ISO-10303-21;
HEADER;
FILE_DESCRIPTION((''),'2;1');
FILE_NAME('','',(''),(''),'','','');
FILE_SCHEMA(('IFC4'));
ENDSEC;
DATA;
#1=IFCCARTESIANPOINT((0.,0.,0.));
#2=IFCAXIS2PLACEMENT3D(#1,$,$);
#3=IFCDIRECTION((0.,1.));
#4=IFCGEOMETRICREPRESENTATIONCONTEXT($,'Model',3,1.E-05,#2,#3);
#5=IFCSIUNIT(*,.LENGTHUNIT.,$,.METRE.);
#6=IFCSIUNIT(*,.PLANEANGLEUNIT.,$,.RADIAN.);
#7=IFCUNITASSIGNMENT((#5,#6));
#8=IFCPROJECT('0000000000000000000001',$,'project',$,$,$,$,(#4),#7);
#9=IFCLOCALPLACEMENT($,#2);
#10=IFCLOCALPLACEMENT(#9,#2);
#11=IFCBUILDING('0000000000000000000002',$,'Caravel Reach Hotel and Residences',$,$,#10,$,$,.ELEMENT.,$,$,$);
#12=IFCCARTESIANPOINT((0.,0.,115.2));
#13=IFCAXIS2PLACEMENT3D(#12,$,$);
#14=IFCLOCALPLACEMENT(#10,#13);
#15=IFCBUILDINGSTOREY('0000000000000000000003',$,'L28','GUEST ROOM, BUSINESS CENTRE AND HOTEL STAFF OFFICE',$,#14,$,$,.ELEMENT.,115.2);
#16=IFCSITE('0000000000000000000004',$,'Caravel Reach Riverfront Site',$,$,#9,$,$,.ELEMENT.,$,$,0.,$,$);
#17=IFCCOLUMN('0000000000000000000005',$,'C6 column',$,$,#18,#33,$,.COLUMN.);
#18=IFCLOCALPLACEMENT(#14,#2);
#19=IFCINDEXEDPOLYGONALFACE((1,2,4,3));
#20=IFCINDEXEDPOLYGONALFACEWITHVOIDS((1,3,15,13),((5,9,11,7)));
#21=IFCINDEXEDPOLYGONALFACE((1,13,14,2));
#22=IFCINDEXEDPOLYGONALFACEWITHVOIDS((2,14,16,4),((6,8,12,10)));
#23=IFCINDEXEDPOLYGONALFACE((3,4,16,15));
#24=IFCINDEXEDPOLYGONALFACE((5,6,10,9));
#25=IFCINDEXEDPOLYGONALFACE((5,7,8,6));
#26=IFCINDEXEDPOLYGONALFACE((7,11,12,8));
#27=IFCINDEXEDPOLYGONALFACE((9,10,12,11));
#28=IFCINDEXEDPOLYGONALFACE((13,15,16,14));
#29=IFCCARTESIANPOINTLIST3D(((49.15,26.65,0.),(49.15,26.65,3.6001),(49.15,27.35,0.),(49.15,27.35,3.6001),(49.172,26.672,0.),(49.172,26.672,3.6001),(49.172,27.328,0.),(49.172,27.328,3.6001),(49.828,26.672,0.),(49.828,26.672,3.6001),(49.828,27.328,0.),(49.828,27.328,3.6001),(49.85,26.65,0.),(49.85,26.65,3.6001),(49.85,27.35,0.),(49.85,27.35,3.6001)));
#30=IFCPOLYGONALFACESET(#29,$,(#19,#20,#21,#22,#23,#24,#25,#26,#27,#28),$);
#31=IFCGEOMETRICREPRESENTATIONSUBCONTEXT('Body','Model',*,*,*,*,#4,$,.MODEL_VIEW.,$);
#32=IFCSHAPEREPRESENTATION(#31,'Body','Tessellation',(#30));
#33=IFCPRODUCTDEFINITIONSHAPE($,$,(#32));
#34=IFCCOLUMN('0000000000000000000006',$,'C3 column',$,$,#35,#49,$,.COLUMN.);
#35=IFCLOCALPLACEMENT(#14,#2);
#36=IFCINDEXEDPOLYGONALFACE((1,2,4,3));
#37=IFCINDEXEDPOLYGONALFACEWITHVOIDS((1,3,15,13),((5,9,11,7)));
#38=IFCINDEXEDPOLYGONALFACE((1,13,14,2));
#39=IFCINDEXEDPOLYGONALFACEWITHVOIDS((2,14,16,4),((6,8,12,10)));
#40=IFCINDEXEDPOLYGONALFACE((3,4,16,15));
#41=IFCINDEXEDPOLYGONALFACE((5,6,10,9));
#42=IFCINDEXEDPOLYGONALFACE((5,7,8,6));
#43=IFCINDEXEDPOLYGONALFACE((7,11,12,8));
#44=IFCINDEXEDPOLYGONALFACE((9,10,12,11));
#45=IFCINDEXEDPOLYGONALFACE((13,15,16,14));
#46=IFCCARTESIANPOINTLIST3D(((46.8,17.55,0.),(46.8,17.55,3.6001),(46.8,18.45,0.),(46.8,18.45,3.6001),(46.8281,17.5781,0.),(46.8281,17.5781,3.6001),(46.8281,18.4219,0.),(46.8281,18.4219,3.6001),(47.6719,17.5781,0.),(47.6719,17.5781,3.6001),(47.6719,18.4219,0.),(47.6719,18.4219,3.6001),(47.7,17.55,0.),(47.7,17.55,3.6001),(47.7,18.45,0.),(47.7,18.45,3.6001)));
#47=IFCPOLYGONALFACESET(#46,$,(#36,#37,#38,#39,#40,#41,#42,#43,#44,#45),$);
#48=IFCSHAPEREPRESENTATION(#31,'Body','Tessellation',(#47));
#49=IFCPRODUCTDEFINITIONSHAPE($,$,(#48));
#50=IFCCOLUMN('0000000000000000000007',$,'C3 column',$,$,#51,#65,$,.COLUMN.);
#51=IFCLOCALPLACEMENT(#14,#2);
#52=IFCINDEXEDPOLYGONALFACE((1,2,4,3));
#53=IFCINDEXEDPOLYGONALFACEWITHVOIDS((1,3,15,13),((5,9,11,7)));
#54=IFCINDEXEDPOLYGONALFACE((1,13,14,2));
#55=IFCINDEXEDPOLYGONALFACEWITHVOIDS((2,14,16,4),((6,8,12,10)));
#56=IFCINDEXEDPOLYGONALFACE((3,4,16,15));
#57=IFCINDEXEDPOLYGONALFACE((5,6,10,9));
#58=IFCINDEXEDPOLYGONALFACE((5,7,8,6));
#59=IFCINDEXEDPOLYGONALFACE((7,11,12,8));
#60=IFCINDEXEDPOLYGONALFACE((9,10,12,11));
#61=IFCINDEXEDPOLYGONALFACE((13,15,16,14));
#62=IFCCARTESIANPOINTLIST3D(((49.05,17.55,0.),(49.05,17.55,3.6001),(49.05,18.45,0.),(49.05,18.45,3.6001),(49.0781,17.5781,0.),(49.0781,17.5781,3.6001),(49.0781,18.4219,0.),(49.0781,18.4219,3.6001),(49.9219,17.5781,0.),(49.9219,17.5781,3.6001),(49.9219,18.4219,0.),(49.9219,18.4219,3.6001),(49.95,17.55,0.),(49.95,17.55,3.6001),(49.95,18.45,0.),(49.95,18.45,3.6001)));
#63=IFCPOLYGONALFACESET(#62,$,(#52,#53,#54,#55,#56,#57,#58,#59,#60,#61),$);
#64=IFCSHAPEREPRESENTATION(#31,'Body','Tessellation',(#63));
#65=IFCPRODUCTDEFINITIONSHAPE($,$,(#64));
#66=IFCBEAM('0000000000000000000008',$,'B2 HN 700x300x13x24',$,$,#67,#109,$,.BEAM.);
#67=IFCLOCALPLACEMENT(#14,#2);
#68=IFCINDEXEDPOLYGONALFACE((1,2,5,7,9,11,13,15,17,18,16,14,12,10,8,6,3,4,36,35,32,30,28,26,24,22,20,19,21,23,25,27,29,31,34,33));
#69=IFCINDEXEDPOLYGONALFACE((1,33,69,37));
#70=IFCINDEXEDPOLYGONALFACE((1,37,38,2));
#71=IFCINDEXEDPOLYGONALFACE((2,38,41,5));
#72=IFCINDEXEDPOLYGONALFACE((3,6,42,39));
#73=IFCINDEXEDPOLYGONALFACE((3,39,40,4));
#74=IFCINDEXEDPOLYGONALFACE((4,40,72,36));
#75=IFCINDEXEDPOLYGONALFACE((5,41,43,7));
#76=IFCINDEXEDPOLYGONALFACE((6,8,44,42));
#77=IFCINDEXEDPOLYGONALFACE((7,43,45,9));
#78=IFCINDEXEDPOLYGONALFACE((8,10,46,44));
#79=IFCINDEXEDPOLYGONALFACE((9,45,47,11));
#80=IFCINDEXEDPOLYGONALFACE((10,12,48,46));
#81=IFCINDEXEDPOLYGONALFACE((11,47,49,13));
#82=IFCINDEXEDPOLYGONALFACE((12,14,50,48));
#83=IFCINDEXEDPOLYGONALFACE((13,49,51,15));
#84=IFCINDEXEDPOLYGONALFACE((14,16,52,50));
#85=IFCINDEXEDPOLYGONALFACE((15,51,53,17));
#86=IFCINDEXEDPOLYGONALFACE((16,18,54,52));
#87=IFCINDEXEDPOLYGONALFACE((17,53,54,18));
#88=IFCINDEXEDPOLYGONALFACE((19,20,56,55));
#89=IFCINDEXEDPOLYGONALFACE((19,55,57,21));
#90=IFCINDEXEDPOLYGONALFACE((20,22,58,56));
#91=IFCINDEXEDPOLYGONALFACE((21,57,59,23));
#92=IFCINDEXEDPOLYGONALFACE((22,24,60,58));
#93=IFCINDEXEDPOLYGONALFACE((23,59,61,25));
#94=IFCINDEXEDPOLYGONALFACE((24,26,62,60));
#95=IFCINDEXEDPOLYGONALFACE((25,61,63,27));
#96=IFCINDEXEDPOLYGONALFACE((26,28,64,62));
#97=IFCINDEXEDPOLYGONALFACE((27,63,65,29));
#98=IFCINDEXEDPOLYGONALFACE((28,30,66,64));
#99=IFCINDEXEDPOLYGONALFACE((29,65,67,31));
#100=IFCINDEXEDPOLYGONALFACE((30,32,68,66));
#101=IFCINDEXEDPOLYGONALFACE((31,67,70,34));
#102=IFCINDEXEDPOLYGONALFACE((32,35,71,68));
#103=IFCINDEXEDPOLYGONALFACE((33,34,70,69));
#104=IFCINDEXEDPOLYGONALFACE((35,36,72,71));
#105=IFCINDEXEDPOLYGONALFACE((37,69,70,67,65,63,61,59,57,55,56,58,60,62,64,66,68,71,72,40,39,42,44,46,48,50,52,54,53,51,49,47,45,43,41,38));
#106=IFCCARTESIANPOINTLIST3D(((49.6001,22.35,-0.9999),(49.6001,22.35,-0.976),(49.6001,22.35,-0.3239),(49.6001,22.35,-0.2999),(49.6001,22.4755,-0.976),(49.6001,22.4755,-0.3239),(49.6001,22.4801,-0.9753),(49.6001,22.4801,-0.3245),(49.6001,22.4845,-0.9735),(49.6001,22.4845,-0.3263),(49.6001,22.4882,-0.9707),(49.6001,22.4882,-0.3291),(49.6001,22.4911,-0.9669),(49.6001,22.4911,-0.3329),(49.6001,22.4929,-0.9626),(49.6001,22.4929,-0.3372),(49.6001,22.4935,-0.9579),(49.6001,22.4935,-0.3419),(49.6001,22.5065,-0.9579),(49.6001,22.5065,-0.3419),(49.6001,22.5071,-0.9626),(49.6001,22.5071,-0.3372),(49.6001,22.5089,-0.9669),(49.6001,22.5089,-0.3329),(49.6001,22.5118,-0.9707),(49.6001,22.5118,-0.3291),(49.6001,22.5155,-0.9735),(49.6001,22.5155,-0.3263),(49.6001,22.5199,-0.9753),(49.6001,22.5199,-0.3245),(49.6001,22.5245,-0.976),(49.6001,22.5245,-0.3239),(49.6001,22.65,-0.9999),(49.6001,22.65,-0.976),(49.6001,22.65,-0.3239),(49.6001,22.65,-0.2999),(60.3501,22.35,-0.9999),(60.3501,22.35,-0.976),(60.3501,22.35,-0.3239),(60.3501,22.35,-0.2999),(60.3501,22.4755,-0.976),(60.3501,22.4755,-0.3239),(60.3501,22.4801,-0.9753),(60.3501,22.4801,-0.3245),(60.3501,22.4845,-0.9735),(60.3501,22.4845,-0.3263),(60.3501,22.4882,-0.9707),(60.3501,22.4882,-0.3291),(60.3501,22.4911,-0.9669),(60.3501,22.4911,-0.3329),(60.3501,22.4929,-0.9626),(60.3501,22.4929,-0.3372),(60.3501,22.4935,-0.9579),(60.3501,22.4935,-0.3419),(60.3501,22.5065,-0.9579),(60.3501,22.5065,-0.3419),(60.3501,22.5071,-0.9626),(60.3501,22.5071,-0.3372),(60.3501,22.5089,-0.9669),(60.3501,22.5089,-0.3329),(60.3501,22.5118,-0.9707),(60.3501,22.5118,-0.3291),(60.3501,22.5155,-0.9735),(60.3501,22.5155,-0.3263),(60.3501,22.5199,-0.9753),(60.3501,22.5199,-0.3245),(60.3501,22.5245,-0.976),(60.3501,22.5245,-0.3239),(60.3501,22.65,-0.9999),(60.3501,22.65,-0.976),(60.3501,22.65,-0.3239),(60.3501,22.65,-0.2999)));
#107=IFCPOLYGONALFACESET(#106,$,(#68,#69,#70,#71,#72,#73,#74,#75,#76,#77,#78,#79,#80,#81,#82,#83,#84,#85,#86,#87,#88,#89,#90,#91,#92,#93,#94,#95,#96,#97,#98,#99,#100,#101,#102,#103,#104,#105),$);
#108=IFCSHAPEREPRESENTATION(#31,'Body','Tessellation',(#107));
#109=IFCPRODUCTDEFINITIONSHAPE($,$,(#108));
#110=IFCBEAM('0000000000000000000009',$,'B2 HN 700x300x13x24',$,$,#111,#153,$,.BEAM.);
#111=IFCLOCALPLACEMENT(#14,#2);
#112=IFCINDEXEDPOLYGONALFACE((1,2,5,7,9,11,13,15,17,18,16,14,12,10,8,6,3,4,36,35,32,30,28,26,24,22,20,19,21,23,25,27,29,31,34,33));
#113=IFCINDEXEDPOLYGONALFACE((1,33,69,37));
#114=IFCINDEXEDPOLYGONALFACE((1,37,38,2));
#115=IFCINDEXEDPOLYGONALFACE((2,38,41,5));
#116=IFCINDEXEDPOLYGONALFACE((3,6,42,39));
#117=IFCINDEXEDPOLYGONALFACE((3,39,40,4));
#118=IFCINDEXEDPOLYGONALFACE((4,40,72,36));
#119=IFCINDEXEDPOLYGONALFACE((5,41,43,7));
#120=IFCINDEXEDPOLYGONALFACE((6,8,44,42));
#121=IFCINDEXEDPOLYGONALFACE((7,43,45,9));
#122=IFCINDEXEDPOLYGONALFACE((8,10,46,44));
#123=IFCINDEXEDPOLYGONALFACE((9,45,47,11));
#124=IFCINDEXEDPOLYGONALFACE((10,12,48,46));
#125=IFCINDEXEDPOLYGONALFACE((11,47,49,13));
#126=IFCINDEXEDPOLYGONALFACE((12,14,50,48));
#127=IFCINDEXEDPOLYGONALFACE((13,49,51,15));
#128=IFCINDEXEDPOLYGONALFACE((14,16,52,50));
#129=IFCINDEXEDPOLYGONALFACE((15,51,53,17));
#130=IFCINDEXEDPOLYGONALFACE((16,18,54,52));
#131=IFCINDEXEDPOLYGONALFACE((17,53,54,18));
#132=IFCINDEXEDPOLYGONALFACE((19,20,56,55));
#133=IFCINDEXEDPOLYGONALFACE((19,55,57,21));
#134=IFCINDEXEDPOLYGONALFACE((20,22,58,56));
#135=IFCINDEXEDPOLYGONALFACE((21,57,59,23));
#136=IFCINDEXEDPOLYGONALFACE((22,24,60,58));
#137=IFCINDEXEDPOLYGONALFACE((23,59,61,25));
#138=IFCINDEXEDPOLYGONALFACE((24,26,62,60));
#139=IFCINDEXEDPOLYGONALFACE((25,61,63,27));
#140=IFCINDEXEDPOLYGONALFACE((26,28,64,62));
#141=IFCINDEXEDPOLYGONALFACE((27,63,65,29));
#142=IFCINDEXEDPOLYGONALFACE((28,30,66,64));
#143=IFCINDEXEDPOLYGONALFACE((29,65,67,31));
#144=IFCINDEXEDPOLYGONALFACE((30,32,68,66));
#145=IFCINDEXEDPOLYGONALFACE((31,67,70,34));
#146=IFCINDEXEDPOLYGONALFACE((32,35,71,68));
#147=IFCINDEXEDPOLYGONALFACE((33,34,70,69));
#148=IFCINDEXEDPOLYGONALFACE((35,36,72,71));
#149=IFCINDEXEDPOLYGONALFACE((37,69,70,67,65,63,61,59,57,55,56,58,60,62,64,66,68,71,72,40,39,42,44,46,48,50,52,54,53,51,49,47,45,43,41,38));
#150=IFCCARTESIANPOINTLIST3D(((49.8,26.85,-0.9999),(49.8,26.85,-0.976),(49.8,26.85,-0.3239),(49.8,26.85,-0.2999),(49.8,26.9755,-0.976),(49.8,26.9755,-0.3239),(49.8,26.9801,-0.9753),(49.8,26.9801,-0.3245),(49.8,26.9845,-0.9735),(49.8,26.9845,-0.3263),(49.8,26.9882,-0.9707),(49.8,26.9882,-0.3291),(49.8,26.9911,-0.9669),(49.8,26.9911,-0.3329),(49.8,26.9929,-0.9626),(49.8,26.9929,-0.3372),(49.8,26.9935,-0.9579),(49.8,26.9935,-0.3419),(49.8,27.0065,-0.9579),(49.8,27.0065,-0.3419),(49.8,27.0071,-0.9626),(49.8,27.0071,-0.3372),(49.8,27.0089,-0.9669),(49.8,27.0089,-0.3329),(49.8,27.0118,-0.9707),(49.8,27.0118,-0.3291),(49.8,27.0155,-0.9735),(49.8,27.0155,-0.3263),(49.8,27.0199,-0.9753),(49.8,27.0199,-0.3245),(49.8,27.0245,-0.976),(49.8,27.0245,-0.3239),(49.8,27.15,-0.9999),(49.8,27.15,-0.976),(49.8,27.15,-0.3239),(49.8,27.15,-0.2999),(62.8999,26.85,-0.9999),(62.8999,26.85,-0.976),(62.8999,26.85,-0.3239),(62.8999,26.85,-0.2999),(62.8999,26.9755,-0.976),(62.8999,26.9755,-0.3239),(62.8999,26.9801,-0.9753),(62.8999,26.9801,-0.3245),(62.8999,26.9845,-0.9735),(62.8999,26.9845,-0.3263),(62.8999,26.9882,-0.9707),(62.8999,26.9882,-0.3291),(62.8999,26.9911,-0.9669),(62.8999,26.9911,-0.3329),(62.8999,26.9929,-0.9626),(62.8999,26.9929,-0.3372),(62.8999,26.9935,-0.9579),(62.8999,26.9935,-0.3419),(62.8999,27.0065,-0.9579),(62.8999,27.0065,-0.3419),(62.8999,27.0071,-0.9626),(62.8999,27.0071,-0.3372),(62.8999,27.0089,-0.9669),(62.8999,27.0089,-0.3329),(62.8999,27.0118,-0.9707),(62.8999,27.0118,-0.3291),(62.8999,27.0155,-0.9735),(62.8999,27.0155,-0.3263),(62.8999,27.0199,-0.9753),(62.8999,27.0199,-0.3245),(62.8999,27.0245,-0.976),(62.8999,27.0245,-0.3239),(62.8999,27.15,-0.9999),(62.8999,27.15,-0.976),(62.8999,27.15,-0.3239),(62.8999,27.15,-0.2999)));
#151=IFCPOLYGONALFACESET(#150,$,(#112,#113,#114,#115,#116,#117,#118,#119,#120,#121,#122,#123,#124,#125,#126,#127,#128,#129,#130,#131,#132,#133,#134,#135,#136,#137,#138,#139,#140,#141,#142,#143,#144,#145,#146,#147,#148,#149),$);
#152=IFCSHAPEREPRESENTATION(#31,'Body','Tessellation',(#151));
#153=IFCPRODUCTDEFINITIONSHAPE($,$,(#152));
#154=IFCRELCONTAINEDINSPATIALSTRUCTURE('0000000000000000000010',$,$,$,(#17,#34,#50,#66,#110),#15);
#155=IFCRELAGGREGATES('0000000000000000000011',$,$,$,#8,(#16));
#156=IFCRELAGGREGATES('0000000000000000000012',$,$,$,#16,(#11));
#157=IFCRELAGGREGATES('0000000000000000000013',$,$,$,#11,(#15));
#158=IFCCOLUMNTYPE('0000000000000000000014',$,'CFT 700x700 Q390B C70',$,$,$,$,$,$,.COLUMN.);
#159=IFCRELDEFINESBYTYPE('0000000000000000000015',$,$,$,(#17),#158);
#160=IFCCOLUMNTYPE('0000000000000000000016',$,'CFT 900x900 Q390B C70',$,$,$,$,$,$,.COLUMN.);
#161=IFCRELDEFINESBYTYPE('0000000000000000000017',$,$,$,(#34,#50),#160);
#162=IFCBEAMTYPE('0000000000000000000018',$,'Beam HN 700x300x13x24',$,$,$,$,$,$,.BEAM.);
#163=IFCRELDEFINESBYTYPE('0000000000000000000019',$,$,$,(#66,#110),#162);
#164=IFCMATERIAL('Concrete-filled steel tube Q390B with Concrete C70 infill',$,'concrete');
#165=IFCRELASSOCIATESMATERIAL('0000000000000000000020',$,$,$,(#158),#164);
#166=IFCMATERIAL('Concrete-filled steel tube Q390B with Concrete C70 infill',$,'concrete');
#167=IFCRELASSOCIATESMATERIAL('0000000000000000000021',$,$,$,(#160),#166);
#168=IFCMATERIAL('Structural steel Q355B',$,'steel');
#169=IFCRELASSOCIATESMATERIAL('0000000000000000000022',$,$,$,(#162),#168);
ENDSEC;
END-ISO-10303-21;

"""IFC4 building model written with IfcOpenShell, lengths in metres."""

from ifc_helpers import new_model, si_unit, direction, frame, origin, origin_2d, place, context, subcontext, project, spatial, hollow_rectangle, i_section, extrude, material, material_profile, profile_set, type_object, element, save


model = new_model("IFC4")

# Units and contexts
model_context = context("Model", 3, precision=1e-05, world=origin(), true_north=direction((0.0, 1.0)))
body_context = subcontext(model_context, "Body", "Model", "MODEL_VIEW")
ifc_project = project(units=[si_unit("LENGTHUNIT", "METRE"), si_unit("PLANEANGLEUNIT", "RADIAN")], contexts=[model_context])

# Site, building, storey
site_placement = place(None, origin())
site = spatial("IfcSite", under=ifc_project, at=site_placement, Name="Caravel Reach Riverfront Site", CompositionType="ELEMENT", RefElevation=0.0)
building_placement = place(site_placement, origin())
building = spatial("IfcBuilding", under=site, at=building_placement, Name="Caravel Reach Hotel and Residences", CompositionType="ELEMENT")
storey_placement = place(building_placement, frame((0.0, 0.0, 115.2)))
storey = spatial("IfcBuildingStorey", under=building, at=storey_placement, Name="L28", Description="GUEST ROOM, BUSINESS CENTRE AND HOTEL STAFF OFFICE", CompositionType="ELEMENT", Elevation=115.2)

# Columns
ifc_material_1 = material(Name="Concrete-filled steel tube Q390B with Concrete C70 infill", Category="concrete")
ifc_material_profile_1 = material_profile(ifc_material_1, hollow_rectangle(XDim=0.7, YDim=0.7, WallThickness=0.022, at=origin_2d()), Name="RHS 700x700x22")
ifc_profile_set_1 = profile_set([ifc_material_profile_1], Name="Concrete-filled steel tube Q390B with Concrete C70 infill")
column_type_1 = type_object("IfcColumnType", Name="CFT 700x700 Q390B C70", PredefinedType="COLUMN", material=ifc_profile_set_1)
column_placement = place(storey_placement, frame((49.5, 27.0, 0.0), z_axis=(0.0, 0.0, 1.0), x_axis=(1.0, 0.0, 0.0)))
element("IfcColumn", 1, at=column_placement, inside=storey, type_object=column_type_1, Name="C6 column", PredefinedType="COLUMN", context=body_context, shape_type="SweptSolid", body=[
    extrude(hollow_rectangle(XDim=0.7, YDim=0.7, WallThickness=0.022, at=origin_2d()), origin(), (0.0, 0.0, 1.0), 3.6001),
])
ifc_material_2 = material(Name="Concrete-filled steel tube Q390B with Concrete C70 infill", Category="concrete")
ifc_material_profile_2 = material_profile(ifc_material_2, hollow_rectangle(XDim=0.8999, YDim=0.8999, WallThickness=0.0281, at=origin_2d()), Name="RHS 900x900x28")
ifc_profile_set_2 = profile_set([ifc_material_profile_2], Name="Concrete-filled steel tube Q390B with Concrete C70 infill")
column_type_2 = type_object("IfcColumnType", Name="CFT 900x900 Q390B C70", PredefinedType="COLUMN", material=ifc_profile_set_2)
for number, where, z_axis, x_axis, name in (
    (2, (47.25, 18.0, 0.0), (0.0, 0.0, 1.0), (1.0, 0.0, 0.0), "C3 column"),
    (3, (49.5, 18.0, 0.0), (0.0, 0.0, 1.0), (1.0, 0.0, 0.0), "C3 column"),
):
    element("IfcColumn", number, at=place(storey_placement, frame(where, z_axis=z_axis, x_axis=x_axis)), inside=storey, type_object=column_type_2, Name=name, PredefinedType="COLUMN", context=body_context, shape_type="SweptSolid", body=[
        extrude(hollow_rectangle(XDim=0.8999, YDim=0.8999, WallThickness=0.0281, at=origin_2d()), origin(), (0.0, 0.0, 1.0), 3.6001),
    ])

# Beams
ifc_material_3 = material(Name="Structural steel Q355B", Category="steel")
ifc_material_profile_3 = material_profile(ifc_material_3, i_section(OverallWidth=0.3, OverallDepth=0.7, WebThickness=0.0129, FlangeThickness=0.0239, FilletRadius=0.0181, at=origin_2d()), Name="HN 700x300x13x24")
ifc_profile_set_3 = profile_set([ifc_material_profile_3], Name="Structural steel Q355B")
beam_type_1 = type_object("IfcBeamType", Name="Beam HN 700x300x13x24", PredefinedType="BEAM", material=ifc_profile_set_3)
beam_1_placement = place(storey_placement, frame((49.6001, 22.5, -0.6499), z_axis=(1.0, 0.0, 0.0), x_axis=(0.0, 1.0, 0.0)))
element("IfcBeam", 4, at=beam_1_placement, inside=storey, type_object=beam_type_1, Name="B2 HN 700x300x13x24", PredefinedType="BEAM", context=body_context, shape_type="SweptSolid", body=[
    extrude(i_section(OverallWidth=0.3, OverallDepth=0.7, WebThickness=0.0129, FlangeThickness=0.0239, FilletRadius=0.0181, at=origin_2d()), origin(), (0.0, 0.0, 1.0), 10.75),
])
beam_2_placement = place(storey_placement, frame((49.8, 27.0, -0.6499), z_axis=(1.0, 0.0, 0.0), x_axis=(0.0, 1.0, 0.0)))
element("IfcBeam", 5, at=beam_2_placement, inside=storey, type_object=beam_type_1, Name="B2 HN 700x300x13x24", PredefinedType="BEAM", context=body_context, shape_type="SweptSolid", body=[
    extrude(i_section(OverallWidth=0.3, OverallDepth=0.7, WebThickness=0.0129, FlangeThickness=0.0239, FilletRadius=0.0181, at=origin_2d()), origin(), (0.0, 0.0, 1.0), 13.0999),
])

save(model, "model.ifc")
